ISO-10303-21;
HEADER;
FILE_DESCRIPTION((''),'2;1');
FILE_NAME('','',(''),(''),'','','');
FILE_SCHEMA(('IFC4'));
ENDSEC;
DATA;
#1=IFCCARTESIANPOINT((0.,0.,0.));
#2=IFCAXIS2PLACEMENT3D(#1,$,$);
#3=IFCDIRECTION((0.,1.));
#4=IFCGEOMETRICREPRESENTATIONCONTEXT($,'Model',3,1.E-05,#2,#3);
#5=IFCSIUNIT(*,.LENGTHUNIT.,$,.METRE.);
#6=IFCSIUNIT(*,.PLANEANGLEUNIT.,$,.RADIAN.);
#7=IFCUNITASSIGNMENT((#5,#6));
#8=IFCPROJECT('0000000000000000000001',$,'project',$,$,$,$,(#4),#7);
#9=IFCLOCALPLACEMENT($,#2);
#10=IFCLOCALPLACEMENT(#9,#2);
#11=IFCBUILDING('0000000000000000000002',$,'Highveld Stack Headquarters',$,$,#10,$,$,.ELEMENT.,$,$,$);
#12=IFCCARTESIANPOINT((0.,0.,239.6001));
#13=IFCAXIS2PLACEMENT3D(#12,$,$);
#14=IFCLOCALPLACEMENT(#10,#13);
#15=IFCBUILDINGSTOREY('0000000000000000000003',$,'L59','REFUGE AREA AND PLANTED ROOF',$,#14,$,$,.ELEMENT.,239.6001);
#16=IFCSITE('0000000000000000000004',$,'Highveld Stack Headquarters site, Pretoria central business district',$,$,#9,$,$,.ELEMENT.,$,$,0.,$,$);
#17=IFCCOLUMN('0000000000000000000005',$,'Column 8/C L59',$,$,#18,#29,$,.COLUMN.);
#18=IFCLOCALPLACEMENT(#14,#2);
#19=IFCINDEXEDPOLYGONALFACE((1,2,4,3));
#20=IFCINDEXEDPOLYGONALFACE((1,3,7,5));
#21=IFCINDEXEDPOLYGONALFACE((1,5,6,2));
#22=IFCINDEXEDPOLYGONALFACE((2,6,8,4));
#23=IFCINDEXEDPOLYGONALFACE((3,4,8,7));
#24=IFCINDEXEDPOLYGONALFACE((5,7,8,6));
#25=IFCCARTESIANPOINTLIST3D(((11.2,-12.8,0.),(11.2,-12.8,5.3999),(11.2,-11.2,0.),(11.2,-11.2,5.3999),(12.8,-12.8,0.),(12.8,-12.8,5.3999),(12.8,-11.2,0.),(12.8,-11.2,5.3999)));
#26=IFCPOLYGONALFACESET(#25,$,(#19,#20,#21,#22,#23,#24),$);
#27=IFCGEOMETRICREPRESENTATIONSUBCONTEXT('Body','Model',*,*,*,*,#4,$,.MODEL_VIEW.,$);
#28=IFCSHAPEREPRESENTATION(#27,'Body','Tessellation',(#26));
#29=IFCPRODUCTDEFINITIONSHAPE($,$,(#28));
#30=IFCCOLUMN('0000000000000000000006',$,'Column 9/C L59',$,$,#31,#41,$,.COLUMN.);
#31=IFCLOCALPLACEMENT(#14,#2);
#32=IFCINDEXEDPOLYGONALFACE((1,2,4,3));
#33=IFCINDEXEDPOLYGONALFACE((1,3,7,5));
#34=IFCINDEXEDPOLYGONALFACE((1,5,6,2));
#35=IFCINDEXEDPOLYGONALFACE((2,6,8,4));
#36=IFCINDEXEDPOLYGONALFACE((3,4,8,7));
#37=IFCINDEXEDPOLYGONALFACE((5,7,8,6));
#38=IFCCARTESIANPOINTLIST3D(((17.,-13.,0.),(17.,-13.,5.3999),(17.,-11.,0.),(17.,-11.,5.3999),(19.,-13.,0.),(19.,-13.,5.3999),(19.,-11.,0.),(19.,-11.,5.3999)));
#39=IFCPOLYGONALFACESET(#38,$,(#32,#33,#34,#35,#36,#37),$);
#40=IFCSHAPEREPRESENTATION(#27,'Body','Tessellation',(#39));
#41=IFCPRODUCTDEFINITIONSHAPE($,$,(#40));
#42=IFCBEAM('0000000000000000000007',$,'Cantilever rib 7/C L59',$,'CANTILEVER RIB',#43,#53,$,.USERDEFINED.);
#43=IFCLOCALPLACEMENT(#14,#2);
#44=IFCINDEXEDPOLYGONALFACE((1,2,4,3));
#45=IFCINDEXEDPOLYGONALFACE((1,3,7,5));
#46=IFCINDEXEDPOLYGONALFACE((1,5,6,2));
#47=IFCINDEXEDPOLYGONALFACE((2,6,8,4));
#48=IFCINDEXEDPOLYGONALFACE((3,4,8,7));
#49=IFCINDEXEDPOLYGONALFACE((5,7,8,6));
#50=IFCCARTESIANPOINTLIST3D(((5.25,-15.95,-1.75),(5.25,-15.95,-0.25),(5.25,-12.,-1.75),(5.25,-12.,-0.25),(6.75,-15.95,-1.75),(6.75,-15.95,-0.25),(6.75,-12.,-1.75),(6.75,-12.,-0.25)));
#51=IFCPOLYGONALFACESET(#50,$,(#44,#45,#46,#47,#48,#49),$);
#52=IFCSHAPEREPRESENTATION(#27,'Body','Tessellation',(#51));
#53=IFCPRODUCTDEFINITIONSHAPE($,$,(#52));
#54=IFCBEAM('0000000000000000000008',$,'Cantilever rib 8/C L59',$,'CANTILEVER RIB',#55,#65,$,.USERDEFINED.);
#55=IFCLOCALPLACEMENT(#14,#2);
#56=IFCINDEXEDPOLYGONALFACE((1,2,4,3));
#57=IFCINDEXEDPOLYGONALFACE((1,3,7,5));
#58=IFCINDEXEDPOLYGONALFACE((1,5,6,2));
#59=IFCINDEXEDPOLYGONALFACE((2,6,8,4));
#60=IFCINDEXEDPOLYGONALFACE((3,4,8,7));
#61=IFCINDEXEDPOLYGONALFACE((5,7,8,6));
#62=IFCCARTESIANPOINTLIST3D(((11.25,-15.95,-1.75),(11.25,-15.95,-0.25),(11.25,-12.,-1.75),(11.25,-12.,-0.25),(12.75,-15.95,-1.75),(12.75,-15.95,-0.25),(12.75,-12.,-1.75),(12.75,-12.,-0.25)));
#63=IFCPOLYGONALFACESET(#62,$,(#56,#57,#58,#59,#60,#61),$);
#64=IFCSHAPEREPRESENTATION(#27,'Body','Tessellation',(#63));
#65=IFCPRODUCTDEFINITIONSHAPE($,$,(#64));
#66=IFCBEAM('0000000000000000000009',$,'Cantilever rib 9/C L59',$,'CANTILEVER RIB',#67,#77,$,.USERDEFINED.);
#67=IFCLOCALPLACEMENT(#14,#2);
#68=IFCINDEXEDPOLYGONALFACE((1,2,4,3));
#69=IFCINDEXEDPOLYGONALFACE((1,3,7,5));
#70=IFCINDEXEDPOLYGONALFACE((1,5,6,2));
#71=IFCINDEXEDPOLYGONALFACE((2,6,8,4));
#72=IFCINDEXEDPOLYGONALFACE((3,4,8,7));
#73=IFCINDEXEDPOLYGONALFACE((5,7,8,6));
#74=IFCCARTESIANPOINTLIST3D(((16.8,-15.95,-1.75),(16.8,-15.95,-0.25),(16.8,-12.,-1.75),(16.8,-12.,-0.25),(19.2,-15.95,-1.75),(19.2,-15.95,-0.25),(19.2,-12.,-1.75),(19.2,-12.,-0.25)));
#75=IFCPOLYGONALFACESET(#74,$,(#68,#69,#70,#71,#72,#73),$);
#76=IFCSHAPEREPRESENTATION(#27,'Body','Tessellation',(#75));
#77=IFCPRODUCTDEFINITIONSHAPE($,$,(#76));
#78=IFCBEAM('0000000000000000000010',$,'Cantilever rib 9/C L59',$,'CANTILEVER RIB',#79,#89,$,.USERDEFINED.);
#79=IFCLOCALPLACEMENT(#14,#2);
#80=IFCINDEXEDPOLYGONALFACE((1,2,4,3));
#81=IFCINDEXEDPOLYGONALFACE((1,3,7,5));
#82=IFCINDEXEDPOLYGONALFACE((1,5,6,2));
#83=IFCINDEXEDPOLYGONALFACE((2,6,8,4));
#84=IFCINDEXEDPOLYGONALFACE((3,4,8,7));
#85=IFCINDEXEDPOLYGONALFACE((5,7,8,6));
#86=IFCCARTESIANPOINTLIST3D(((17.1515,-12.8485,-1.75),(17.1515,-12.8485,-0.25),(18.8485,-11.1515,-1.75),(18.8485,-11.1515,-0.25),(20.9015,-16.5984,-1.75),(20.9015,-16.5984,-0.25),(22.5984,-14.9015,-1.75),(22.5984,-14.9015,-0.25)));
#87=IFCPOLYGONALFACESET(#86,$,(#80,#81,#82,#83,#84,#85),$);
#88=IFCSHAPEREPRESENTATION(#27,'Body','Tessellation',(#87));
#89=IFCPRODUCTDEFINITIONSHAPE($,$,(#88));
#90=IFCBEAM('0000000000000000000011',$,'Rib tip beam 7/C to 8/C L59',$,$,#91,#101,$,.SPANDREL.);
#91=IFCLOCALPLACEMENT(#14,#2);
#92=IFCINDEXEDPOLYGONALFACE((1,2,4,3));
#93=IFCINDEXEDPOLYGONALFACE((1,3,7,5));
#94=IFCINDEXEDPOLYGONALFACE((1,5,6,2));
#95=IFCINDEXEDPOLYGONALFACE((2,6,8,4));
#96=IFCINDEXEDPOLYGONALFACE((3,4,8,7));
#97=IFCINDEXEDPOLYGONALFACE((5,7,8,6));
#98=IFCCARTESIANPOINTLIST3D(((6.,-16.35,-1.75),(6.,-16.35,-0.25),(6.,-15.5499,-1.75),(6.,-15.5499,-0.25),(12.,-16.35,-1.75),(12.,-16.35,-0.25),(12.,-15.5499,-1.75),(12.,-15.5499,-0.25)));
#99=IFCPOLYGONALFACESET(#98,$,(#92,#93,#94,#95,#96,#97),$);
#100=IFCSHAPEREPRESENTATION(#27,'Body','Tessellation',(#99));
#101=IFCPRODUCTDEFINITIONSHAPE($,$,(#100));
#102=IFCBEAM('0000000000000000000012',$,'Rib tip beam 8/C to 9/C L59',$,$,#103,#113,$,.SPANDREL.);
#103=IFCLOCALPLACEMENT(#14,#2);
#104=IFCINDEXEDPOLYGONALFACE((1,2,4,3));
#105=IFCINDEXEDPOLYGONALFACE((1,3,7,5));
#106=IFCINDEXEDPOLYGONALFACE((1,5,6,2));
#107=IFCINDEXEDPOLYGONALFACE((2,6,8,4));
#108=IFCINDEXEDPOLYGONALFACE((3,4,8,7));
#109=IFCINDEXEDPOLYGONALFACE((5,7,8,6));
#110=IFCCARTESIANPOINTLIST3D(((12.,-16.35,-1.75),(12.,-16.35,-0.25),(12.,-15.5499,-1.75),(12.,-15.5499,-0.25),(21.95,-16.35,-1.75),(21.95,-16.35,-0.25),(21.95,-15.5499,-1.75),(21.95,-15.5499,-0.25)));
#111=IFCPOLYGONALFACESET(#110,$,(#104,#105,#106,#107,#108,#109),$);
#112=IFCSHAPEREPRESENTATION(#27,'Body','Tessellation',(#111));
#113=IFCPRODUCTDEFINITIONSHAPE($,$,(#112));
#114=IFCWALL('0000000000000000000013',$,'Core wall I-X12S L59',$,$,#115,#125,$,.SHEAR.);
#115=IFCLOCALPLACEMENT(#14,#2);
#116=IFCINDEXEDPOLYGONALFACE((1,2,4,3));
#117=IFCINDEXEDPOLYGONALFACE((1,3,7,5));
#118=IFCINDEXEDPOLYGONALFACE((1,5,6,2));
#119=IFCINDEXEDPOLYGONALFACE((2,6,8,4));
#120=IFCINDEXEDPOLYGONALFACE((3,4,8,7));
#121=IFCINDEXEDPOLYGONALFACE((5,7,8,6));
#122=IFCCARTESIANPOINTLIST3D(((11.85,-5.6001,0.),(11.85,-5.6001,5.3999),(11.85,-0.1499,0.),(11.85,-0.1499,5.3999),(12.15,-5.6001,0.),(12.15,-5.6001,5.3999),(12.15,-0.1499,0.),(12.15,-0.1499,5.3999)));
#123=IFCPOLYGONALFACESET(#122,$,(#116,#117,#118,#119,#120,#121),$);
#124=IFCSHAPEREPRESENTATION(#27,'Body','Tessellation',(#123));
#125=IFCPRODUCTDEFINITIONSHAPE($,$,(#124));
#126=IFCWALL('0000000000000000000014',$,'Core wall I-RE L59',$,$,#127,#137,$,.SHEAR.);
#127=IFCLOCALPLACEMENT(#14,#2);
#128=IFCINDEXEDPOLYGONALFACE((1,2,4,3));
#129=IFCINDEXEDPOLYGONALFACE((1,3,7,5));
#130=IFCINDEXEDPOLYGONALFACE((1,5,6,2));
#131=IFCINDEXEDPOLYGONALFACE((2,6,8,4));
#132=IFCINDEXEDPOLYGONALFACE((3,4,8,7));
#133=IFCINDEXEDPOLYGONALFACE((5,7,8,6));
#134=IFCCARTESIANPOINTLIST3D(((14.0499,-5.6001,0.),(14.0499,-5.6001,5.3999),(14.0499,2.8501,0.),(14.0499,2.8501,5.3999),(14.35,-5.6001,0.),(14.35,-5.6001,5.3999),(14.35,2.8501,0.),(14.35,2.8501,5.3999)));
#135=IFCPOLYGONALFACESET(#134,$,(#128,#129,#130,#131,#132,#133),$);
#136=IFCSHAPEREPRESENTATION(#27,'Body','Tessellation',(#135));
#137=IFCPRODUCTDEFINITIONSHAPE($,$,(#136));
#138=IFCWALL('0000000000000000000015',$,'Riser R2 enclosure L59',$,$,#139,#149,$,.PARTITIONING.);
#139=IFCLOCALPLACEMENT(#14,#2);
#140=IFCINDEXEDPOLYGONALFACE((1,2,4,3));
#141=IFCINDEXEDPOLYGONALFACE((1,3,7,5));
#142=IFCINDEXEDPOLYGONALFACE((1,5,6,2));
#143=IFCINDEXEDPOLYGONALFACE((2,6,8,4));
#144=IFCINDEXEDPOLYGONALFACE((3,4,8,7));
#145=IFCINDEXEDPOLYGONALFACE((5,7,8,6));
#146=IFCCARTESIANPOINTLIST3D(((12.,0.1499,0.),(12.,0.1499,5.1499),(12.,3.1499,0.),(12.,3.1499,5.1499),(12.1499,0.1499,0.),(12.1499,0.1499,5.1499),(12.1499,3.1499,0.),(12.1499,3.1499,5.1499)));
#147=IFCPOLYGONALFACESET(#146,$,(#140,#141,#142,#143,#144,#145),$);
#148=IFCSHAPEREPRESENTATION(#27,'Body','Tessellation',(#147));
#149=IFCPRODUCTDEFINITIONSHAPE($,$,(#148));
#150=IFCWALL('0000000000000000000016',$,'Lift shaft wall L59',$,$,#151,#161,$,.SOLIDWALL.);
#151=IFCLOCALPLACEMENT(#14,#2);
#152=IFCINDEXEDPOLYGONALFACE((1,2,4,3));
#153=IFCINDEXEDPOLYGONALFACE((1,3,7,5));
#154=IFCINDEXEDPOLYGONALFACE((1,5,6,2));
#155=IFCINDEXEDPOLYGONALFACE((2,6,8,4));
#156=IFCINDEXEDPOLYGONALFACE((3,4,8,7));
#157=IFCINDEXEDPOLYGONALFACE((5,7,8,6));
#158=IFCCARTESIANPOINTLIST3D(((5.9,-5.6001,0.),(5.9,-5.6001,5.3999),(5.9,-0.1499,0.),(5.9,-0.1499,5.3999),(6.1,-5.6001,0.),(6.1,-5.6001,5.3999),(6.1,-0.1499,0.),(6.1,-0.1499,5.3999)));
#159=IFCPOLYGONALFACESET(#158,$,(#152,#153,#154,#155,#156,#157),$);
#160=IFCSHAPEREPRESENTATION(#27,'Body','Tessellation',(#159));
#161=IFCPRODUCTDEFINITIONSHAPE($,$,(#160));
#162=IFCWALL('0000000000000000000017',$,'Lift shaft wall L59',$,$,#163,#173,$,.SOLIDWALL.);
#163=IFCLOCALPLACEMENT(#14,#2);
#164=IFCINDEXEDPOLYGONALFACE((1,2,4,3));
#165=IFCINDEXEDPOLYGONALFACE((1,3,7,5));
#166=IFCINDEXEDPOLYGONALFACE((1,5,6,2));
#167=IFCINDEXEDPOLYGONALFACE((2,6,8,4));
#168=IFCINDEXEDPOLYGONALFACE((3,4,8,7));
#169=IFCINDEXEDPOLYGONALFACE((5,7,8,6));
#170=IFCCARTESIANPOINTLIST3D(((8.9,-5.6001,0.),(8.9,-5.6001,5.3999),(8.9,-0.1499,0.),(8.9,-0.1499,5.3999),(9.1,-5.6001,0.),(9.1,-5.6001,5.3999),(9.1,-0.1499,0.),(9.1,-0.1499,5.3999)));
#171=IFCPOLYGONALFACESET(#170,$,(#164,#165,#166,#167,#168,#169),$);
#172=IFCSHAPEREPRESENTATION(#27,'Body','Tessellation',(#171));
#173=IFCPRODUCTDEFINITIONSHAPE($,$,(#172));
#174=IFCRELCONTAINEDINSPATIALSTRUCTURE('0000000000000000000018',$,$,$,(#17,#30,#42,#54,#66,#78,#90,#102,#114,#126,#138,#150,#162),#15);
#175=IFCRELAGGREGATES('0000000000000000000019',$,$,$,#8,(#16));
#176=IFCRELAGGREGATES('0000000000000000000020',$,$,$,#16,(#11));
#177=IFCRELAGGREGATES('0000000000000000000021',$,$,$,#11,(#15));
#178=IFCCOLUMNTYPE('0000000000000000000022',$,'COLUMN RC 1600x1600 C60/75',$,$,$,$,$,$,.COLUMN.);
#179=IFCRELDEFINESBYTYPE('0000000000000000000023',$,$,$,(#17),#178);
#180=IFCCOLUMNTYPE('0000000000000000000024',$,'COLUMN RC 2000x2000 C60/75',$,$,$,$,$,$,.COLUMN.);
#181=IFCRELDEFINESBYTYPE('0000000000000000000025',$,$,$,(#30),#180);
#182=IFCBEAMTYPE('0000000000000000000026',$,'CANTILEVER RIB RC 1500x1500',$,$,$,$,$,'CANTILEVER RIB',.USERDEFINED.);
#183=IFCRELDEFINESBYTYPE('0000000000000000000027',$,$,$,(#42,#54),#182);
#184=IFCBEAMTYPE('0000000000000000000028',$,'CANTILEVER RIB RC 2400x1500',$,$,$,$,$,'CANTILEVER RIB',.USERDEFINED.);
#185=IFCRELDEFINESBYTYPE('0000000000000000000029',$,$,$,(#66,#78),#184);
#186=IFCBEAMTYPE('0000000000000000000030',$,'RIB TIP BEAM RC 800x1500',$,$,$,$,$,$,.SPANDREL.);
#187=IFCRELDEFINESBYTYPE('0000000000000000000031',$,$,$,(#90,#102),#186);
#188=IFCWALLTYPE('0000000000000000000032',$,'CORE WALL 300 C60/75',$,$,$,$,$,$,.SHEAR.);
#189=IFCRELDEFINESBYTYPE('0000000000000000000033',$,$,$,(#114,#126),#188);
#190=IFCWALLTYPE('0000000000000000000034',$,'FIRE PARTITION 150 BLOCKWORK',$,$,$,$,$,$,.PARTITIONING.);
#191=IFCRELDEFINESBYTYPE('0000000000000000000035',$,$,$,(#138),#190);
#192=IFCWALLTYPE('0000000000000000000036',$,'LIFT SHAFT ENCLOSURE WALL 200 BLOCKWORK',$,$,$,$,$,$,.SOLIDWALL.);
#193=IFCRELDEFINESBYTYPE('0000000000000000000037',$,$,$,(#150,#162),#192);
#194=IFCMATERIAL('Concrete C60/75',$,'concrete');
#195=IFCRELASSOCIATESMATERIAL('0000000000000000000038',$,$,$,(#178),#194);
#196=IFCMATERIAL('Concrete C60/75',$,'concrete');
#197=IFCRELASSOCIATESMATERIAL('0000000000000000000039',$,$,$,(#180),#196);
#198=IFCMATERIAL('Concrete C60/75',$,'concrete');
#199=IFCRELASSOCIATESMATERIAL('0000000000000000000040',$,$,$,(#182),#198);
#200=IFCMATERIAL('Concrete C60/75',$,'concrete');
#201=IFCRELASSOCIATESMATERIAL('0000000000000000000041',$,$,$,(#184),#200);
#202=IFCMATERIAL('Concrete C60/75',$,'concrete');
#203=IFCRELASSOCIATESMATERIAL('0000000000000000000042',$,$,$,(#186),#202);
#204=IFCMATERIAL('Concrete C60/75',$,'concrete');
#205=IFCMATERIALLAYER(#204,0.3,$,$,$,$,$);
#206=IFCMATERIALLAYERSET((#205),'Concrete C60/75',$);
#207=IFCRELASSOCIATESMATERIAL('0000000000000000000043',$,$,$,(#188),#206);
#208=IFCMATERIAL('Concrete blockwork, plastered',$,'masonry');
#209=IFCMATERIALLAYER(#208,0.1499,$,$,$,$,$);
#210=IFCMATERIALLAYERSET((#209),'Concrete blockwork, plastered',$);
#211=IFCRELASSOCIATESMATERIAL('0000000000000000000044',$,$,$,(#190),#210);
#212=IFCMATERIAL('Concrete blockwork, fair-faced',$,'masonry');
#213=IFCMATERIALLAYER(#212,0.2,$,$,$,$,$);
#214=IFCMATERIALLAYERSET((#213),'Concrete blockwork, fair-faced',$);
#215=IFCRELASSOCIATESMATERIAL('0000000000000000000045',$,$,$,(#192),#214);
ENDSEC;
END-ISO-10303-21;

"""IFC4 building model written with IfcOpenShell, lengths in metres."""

from ifc_helpers import new_model, si_unit, direction, frame, frame_2d, origin, origin_2d, place, context, subcontext, project, spatial, rectangle, extrude, material, layer, layer_set, material_profile, profile_set, type_object, element, save


model = new_model("IFC4")

# Units and contexts
model_context = context("Model", 3, precision=1e-05, world=origin(), true_north=direction((0.0, 1.0)))
body_context = subcontext(model_context, "Body", "Model", "MODEL_VIEW")
ifc_project = project(units=[si_unit("LENGTHUNIT", "METRE"), si_unit("PLANEANGLEUNIT", "RADIAN")], contexts=[model_context])

# Site, building, storey
site_placement = place(None, origin())
site = spatial("IfcSite", under=ifc_project, at=site_placement, Name="Highveld Stack Headquarters site, Pretoria central business district", CompositionType="ELEMENT", RefElevation=0.0)
building_placement = place(site_placement, origin())
building = spatial("IfcBuilding", under=site, at=building_placement, Name="Highveld Stack Headquarters", CompositionType="ELEMENT")
storey_placement = place(building_placement, frame((0.0, 0.0, 239.6001)))
storey = spatial("IfcBuildingStorey", under=building, at=storey_placement, Name="L59", Description="REFUGE AREA AND PLANTED ROOF", CompositionType="ELEMENT", Elevation=239.6001)

# Columns
ifc_material_1 = material(Name="Concrete C60/75", Category="concrete")
ifc_material_profile_1 = material_profile(ifc_material_1, rectangle(XDim=1.6001, YDim=1.6001, at=origin_2d()), Name="RC 1600x1600")
ifc_profile_set_1 = profile_set([ifc_material_profile_1], Name="Concrete C60/75")
column_type_1 = type_object("IfcColumnType", Name="COLUMN RC 1600x1600 C60/75", PredefinedType="COLUMN", material=ifc_profile_set_1)
column_1_placement = place(storey_placement, frame((12.0, -12.0, 0.0), z_axis=(0.0, 0.0, 1.0), x_axis=(1.0, 0.0, 0.0)))
element("IfcColumn", 1, at=column_1_placement, inside=storey, type_object=column_type_1, Name="Column 8/C L59", PredefinedType="COLUMN", context=body_context, shape_type="SweptSolid", body=[
    extrude(rectangle(XDim=1.6001, YDim=1.6001, at=origin_2d()), origin(), (0.0, 0.0, 1.0), 5.3999),
])
ifc_material_2 = material(Name="Concrete C60/75", Category="concrete")
ifc_material_profile_2 = material_profile(ifc_material_2, rectangle(XDim=2.0, YDim=2.0, at=origin_2d()), Name="RC 2000x2000")
ifc_profile_set_2 = profile_set([ifc_material_profile_2], Name="Concrete C60/75")
column_type_2 = type_object("IfcColumnType", Name="COLUMN RC 2000x2000 C60/75", PredefinedType="COLUMN", material=ifc_profile_set_2)
column_2_placement = place(storey_placement, frame((18.0, -12.0, 0.0), z_axis=(0.0, 0.0, 1.0), x_axis=(1.0, 0.0, 0.0)))
element("IfcColumn", 2, at=column_2_placement, inside=storey, type_object=column_type_2, Name="Column 9/C L59", PredefinedType="COLUMN", context=body_context, shape_type="SweptSolid", body=[
    extrude(rectangle(XDim=2.0, YDim=2.0, at=origin_2d()), origin(), (0.0, 0.0, 1.0), 5.3999),
])

# Beams
ifc_material_3 = material(Name="Concrete C60/75", Category="concrete")
ifc_material_profile_3 = material_profile(ifc_material_3, rectangle(XDim=1.5, YDim=1.5, at=origin_2d()), Name="RC 1500x1500")
ifc_profile_set_3 = profile_set([ifc_material_profile_3], Name="Concrete C60/75")
beam_type_1 = type_object("IfcBeamType", Name="CANTILEVER RIB RC 1500x1500", ElementType="CANTILEVER RIB", PredefinedType="USERDEFINED", material=ifc_profile_set_3)
for number, where, z_axis, x_axis, name in (
    (3, (6.0, -12.0, -1.0), (0.0, -1.0, 0.0), (1.0, 0.0, 0.0), "Cantilever rib 7/C L59"),
    (4, (12.0, -12.0, -1.0), (0.0, -1.0, 0.0), (1.0, 0.0, 0.0), "Cantilever rib 8/C L59"),
):
    element("IfcBeam", number, at=place(storey_placement, frame(where, z_axis=z_axis, x_axis=x_axis)), inside=storey, type_object=beam_type_1, Name=name, ObjectType="CANTILEVER RIB", PredefinedType="USERDEFINED", context=body_context, shape_type="SweptSolid", body=[
        extrude(rectangle(XDim=1.5, YDim=1.5, at=origin_2d()), origin(), (0.0, 0.0, 1.0), 3.95),
    ])
ifc_material_4 = material(Name="Concrete C60/75", Category="concrete")
ifc_material_profile_4 = material_profile(ifc_material_4, rectangle(XDim=2.3999, YDim=1.5, at=origin_2d()), Name="RC 2400x1500")
ifc_profile_set_4 = profile_set([ifc_material_profile_4], Name="Concrete C60/75")
beam_type_2 = type_object("IfcBeamType", Name="CANTILEVER RIB RC 2400x1500", ElementType="CANTILEVER RIB", PredefinedType="USERDEFINED", material=ifc_profile_set_4)
beam_1_placement = place(storey_placement, frame((18.0, -12.0, -1.0), z_axis=(0.0, -1.0, 0.0), x_axis=(1.0, 0.0, 0.0)))
element("IfcBeam", 5, at=beam_1_placement, inside=storey, type_object=beam_type_2, Name="Cantilever rib 9/C L59", ObjectType="CANTILEVER RIB", PredefinedType="USERDEFINED", context=body_context, shape_type="SweptSolid", body=[
    extrude(rectangle(XDim=2.3999, YDim=1.5, at=origin_2d()), origin(), (0.0, 0.0, 1.0), 3.95),
])
beam_2_placement = place(storey_placement, frame((18.0, -12.0, -1.0), z_axis=(0.707107, -0.707107, 0.0), x_axis=(0.707107, 0.707107, 0.0)))
element("IfcBeam", 6, at=beam_2_placement, inside=storey, type_object=beam_type_2, Name="Cantilever rib 9/C L59", ObjectType="CANTILEVER RIB", PredefinedType="USERDEFINED", context=body_context, shape_type="SweptSolid", body=[
    extrude(rectangle(XDim=2.3999, YDim=1.5, at=origin_2d()), origin(), (0.0, 0.0, 1.0), 5.3032),
])
ifc_material_5 = material(Name="Concrete C60/75", Category="concrete")
ifc_material_profile_5 = material_profile(ifc_material_5, rectangle(XDim=0.8, YDim=1.5, at=origin_2d()), Name="RC 800x1500")
ifc_profile_set_5 = profile_set([ifc_material_profile_5], Name="Concrete C60/75")
beam_type_3 = type_object("IfcBeamType", Name="RIB TIP BEAM RC 800x1500", PredefinedType="SPANDREL", material=ifc_profile_set_5)
beam_3_placement = place(storey_placement, frame((6.0, -15.95, -1.0), z_axis=(1.0, 0.0, 0.0), x_axis=(0.0, 1.0, 0.0)))
element("IfcBeam", 7, at=beam_3_placement, inside=storey, type_object=beam_type_3, Name="Rib tip beam 7/C to 8/C L59", PredefinedType="SPANDREL", context=body_context, shape_type="SweptSolid", body=[
    extrude(rectangle(XDim=0.8, YDim=1.5, at=origin_2d()), origin(), (0.0, 0.0, 1.0), 6.0),
])
beam_4_placement = place(storey_placement, frame((12.0, -15.95, -1.0), z_axis=(1.0, 0.0, 0.0), x_axis=(0.0, 1.0, 0.0)))
element("IfcBeam", 8, at=beam_4_placement, inside=storey, type_object=beam_type_3, Name="Rib tip beam 8/C to 9/C L59", PredefinedType="SPANDREL", context=body_context, shape_type="SweptSolid", body=[
    extrude(rectangle(XDim=0.8, YDim=1.5, at=origin_2d()), origin(), (0.0, 0.0, 1.0), 9.95),
])

# Walls
ifc_material_6 = material(Name="Concrete C60/75", Category="concrete")
ifc_layer_1 = layer(ifc_material_6, 0.3)
ifc_layer_set_1 = layer_set([ifc_layer_1], Name="Concrete C60/75")
wall_type_1 = type_object("IfcWallType", Name="CORE WALL 300 C60/75", PredefinedType="SHEAR", material=ifc_layer_set_1)
wall_1_placement = place(storey_placement, frame((12.0, -5.6001, 0.0), z_axis=(0.0, 0.0, 1.0), x_axis=(0.0, 1.0, 0.0)))
element("IfcWall", 9, at=wall_1_placement, inside=storey, type_object=wall_type_1, Name="Core wall I-X12S L59", PredefinedType="SHEAR", context=body_context, shape_type="SweptSolid", body=[
    extrude(rectangle(XDim=5.4502, YDim=0.3, at=frame_2d((2.7251, 0.0))), origin(), (0.0, 0.0, 1.0), 5.3999),
])
wall_2_placement = place(storey_placement, frame((14.2, -5.6001, 0.0), z_axis=(0.0, 0.0, 1.0), x_axis=(0.0, 1.0, 0.0)))
element("IfcWall", 10, at=wall_2_placement, inside=storey, type_object=wall_type_1, Name="Core wall I-RE L59", PredefinedType="SHEAR", context=body_context, shape_type="SweptSolid", body=[
    extrude(rectangle(XDim=8.4502, YDim=0.3, at=frame_2d((4.2251, 0.0))), origin(), (0.0, 0.0, 1.0), 5.3999),
])
ifc_material_7 = material(Name="Concrete blockwork, plastered", Category="masonry")
ifc_layer_2 = layer(ifc_material_7, 0.1499)
ifc_layer_set_2 = layer_set([ifc_layer_2], Name="Concrete blockwork, plastered")
wall_type_2 = type_object("IfcWallType", Name="FIRE PARTITION 150 BLOCKWORK", PredefinedType="PARTITIONING", material=ifc_layer_set_2)
wall_3_placement = place(storey_placement, frame((12.075, 0.1499, 0.0), z_axis=(0.0, 0.0, 1.0), x_axis=(0.0, 1.0, 0.0)))
element("IfcWall", 11, at=wall_3_placement, inside=storey, type_object=wall_type_2, Name="Riser R2 enclosure L59", PredefinedType="PARTITIONING", context=body_context, shape_type="SweptSolid", body=[
    extrude(rectangle(XDim=3.0, YDim=0.1499, at=frame_2d((1.5, 0.0))), origin(), (0.0, 0.0, 1.0), 5.1499),
])
ifc_material_8 = material(Name="Concrete blockwork, fair-faced", Category="masonry")
ifc_layer_3 = layer(ifc_material_8, 0.2)
ifc_layer_set_3 = layer_set([ifc_layer_3], Name="Concrete blockwork, fair-faced")
wall_type_3 = type_object("IfcWallType", Name="LIFT SHAFT ENCLOSURE WALL 200 BLOCKWORK", PredefinedType="SOLIDWALL", material=ifc_layer_set_3)
for number, where, z_axis, x_axis, name in (
    (12, (6.0, -5.6001, 0.0), (0.0, 0.0, 1.0), (0.0, 1.0, 0.0), "Lift shaft wall L59"),
    (13, (9.0, -5.6001, 0.0), (0.0, 0.0, 1.0), (0.0, 1.0, 0.0), "Lift shaft wall L59"),
):
    element("IfcWall", number, at=place(storey_placement, frame(where, z_axis=z_axis, x_axis=x_axis)), inside=storey, type_object=wall_type_3, Name=name, PredefinedType="SOLIDWALL", context=body_context, shape_type="SweptSolid", body=[
        extrude(rectangle(XDim=5.4502, YDim=0.2, at=frame_2d((2.7251, 0.0))), origin(), (0.0, 0.0, 1.0), 5.3999),
    ])

save(model, "model.ifc")
